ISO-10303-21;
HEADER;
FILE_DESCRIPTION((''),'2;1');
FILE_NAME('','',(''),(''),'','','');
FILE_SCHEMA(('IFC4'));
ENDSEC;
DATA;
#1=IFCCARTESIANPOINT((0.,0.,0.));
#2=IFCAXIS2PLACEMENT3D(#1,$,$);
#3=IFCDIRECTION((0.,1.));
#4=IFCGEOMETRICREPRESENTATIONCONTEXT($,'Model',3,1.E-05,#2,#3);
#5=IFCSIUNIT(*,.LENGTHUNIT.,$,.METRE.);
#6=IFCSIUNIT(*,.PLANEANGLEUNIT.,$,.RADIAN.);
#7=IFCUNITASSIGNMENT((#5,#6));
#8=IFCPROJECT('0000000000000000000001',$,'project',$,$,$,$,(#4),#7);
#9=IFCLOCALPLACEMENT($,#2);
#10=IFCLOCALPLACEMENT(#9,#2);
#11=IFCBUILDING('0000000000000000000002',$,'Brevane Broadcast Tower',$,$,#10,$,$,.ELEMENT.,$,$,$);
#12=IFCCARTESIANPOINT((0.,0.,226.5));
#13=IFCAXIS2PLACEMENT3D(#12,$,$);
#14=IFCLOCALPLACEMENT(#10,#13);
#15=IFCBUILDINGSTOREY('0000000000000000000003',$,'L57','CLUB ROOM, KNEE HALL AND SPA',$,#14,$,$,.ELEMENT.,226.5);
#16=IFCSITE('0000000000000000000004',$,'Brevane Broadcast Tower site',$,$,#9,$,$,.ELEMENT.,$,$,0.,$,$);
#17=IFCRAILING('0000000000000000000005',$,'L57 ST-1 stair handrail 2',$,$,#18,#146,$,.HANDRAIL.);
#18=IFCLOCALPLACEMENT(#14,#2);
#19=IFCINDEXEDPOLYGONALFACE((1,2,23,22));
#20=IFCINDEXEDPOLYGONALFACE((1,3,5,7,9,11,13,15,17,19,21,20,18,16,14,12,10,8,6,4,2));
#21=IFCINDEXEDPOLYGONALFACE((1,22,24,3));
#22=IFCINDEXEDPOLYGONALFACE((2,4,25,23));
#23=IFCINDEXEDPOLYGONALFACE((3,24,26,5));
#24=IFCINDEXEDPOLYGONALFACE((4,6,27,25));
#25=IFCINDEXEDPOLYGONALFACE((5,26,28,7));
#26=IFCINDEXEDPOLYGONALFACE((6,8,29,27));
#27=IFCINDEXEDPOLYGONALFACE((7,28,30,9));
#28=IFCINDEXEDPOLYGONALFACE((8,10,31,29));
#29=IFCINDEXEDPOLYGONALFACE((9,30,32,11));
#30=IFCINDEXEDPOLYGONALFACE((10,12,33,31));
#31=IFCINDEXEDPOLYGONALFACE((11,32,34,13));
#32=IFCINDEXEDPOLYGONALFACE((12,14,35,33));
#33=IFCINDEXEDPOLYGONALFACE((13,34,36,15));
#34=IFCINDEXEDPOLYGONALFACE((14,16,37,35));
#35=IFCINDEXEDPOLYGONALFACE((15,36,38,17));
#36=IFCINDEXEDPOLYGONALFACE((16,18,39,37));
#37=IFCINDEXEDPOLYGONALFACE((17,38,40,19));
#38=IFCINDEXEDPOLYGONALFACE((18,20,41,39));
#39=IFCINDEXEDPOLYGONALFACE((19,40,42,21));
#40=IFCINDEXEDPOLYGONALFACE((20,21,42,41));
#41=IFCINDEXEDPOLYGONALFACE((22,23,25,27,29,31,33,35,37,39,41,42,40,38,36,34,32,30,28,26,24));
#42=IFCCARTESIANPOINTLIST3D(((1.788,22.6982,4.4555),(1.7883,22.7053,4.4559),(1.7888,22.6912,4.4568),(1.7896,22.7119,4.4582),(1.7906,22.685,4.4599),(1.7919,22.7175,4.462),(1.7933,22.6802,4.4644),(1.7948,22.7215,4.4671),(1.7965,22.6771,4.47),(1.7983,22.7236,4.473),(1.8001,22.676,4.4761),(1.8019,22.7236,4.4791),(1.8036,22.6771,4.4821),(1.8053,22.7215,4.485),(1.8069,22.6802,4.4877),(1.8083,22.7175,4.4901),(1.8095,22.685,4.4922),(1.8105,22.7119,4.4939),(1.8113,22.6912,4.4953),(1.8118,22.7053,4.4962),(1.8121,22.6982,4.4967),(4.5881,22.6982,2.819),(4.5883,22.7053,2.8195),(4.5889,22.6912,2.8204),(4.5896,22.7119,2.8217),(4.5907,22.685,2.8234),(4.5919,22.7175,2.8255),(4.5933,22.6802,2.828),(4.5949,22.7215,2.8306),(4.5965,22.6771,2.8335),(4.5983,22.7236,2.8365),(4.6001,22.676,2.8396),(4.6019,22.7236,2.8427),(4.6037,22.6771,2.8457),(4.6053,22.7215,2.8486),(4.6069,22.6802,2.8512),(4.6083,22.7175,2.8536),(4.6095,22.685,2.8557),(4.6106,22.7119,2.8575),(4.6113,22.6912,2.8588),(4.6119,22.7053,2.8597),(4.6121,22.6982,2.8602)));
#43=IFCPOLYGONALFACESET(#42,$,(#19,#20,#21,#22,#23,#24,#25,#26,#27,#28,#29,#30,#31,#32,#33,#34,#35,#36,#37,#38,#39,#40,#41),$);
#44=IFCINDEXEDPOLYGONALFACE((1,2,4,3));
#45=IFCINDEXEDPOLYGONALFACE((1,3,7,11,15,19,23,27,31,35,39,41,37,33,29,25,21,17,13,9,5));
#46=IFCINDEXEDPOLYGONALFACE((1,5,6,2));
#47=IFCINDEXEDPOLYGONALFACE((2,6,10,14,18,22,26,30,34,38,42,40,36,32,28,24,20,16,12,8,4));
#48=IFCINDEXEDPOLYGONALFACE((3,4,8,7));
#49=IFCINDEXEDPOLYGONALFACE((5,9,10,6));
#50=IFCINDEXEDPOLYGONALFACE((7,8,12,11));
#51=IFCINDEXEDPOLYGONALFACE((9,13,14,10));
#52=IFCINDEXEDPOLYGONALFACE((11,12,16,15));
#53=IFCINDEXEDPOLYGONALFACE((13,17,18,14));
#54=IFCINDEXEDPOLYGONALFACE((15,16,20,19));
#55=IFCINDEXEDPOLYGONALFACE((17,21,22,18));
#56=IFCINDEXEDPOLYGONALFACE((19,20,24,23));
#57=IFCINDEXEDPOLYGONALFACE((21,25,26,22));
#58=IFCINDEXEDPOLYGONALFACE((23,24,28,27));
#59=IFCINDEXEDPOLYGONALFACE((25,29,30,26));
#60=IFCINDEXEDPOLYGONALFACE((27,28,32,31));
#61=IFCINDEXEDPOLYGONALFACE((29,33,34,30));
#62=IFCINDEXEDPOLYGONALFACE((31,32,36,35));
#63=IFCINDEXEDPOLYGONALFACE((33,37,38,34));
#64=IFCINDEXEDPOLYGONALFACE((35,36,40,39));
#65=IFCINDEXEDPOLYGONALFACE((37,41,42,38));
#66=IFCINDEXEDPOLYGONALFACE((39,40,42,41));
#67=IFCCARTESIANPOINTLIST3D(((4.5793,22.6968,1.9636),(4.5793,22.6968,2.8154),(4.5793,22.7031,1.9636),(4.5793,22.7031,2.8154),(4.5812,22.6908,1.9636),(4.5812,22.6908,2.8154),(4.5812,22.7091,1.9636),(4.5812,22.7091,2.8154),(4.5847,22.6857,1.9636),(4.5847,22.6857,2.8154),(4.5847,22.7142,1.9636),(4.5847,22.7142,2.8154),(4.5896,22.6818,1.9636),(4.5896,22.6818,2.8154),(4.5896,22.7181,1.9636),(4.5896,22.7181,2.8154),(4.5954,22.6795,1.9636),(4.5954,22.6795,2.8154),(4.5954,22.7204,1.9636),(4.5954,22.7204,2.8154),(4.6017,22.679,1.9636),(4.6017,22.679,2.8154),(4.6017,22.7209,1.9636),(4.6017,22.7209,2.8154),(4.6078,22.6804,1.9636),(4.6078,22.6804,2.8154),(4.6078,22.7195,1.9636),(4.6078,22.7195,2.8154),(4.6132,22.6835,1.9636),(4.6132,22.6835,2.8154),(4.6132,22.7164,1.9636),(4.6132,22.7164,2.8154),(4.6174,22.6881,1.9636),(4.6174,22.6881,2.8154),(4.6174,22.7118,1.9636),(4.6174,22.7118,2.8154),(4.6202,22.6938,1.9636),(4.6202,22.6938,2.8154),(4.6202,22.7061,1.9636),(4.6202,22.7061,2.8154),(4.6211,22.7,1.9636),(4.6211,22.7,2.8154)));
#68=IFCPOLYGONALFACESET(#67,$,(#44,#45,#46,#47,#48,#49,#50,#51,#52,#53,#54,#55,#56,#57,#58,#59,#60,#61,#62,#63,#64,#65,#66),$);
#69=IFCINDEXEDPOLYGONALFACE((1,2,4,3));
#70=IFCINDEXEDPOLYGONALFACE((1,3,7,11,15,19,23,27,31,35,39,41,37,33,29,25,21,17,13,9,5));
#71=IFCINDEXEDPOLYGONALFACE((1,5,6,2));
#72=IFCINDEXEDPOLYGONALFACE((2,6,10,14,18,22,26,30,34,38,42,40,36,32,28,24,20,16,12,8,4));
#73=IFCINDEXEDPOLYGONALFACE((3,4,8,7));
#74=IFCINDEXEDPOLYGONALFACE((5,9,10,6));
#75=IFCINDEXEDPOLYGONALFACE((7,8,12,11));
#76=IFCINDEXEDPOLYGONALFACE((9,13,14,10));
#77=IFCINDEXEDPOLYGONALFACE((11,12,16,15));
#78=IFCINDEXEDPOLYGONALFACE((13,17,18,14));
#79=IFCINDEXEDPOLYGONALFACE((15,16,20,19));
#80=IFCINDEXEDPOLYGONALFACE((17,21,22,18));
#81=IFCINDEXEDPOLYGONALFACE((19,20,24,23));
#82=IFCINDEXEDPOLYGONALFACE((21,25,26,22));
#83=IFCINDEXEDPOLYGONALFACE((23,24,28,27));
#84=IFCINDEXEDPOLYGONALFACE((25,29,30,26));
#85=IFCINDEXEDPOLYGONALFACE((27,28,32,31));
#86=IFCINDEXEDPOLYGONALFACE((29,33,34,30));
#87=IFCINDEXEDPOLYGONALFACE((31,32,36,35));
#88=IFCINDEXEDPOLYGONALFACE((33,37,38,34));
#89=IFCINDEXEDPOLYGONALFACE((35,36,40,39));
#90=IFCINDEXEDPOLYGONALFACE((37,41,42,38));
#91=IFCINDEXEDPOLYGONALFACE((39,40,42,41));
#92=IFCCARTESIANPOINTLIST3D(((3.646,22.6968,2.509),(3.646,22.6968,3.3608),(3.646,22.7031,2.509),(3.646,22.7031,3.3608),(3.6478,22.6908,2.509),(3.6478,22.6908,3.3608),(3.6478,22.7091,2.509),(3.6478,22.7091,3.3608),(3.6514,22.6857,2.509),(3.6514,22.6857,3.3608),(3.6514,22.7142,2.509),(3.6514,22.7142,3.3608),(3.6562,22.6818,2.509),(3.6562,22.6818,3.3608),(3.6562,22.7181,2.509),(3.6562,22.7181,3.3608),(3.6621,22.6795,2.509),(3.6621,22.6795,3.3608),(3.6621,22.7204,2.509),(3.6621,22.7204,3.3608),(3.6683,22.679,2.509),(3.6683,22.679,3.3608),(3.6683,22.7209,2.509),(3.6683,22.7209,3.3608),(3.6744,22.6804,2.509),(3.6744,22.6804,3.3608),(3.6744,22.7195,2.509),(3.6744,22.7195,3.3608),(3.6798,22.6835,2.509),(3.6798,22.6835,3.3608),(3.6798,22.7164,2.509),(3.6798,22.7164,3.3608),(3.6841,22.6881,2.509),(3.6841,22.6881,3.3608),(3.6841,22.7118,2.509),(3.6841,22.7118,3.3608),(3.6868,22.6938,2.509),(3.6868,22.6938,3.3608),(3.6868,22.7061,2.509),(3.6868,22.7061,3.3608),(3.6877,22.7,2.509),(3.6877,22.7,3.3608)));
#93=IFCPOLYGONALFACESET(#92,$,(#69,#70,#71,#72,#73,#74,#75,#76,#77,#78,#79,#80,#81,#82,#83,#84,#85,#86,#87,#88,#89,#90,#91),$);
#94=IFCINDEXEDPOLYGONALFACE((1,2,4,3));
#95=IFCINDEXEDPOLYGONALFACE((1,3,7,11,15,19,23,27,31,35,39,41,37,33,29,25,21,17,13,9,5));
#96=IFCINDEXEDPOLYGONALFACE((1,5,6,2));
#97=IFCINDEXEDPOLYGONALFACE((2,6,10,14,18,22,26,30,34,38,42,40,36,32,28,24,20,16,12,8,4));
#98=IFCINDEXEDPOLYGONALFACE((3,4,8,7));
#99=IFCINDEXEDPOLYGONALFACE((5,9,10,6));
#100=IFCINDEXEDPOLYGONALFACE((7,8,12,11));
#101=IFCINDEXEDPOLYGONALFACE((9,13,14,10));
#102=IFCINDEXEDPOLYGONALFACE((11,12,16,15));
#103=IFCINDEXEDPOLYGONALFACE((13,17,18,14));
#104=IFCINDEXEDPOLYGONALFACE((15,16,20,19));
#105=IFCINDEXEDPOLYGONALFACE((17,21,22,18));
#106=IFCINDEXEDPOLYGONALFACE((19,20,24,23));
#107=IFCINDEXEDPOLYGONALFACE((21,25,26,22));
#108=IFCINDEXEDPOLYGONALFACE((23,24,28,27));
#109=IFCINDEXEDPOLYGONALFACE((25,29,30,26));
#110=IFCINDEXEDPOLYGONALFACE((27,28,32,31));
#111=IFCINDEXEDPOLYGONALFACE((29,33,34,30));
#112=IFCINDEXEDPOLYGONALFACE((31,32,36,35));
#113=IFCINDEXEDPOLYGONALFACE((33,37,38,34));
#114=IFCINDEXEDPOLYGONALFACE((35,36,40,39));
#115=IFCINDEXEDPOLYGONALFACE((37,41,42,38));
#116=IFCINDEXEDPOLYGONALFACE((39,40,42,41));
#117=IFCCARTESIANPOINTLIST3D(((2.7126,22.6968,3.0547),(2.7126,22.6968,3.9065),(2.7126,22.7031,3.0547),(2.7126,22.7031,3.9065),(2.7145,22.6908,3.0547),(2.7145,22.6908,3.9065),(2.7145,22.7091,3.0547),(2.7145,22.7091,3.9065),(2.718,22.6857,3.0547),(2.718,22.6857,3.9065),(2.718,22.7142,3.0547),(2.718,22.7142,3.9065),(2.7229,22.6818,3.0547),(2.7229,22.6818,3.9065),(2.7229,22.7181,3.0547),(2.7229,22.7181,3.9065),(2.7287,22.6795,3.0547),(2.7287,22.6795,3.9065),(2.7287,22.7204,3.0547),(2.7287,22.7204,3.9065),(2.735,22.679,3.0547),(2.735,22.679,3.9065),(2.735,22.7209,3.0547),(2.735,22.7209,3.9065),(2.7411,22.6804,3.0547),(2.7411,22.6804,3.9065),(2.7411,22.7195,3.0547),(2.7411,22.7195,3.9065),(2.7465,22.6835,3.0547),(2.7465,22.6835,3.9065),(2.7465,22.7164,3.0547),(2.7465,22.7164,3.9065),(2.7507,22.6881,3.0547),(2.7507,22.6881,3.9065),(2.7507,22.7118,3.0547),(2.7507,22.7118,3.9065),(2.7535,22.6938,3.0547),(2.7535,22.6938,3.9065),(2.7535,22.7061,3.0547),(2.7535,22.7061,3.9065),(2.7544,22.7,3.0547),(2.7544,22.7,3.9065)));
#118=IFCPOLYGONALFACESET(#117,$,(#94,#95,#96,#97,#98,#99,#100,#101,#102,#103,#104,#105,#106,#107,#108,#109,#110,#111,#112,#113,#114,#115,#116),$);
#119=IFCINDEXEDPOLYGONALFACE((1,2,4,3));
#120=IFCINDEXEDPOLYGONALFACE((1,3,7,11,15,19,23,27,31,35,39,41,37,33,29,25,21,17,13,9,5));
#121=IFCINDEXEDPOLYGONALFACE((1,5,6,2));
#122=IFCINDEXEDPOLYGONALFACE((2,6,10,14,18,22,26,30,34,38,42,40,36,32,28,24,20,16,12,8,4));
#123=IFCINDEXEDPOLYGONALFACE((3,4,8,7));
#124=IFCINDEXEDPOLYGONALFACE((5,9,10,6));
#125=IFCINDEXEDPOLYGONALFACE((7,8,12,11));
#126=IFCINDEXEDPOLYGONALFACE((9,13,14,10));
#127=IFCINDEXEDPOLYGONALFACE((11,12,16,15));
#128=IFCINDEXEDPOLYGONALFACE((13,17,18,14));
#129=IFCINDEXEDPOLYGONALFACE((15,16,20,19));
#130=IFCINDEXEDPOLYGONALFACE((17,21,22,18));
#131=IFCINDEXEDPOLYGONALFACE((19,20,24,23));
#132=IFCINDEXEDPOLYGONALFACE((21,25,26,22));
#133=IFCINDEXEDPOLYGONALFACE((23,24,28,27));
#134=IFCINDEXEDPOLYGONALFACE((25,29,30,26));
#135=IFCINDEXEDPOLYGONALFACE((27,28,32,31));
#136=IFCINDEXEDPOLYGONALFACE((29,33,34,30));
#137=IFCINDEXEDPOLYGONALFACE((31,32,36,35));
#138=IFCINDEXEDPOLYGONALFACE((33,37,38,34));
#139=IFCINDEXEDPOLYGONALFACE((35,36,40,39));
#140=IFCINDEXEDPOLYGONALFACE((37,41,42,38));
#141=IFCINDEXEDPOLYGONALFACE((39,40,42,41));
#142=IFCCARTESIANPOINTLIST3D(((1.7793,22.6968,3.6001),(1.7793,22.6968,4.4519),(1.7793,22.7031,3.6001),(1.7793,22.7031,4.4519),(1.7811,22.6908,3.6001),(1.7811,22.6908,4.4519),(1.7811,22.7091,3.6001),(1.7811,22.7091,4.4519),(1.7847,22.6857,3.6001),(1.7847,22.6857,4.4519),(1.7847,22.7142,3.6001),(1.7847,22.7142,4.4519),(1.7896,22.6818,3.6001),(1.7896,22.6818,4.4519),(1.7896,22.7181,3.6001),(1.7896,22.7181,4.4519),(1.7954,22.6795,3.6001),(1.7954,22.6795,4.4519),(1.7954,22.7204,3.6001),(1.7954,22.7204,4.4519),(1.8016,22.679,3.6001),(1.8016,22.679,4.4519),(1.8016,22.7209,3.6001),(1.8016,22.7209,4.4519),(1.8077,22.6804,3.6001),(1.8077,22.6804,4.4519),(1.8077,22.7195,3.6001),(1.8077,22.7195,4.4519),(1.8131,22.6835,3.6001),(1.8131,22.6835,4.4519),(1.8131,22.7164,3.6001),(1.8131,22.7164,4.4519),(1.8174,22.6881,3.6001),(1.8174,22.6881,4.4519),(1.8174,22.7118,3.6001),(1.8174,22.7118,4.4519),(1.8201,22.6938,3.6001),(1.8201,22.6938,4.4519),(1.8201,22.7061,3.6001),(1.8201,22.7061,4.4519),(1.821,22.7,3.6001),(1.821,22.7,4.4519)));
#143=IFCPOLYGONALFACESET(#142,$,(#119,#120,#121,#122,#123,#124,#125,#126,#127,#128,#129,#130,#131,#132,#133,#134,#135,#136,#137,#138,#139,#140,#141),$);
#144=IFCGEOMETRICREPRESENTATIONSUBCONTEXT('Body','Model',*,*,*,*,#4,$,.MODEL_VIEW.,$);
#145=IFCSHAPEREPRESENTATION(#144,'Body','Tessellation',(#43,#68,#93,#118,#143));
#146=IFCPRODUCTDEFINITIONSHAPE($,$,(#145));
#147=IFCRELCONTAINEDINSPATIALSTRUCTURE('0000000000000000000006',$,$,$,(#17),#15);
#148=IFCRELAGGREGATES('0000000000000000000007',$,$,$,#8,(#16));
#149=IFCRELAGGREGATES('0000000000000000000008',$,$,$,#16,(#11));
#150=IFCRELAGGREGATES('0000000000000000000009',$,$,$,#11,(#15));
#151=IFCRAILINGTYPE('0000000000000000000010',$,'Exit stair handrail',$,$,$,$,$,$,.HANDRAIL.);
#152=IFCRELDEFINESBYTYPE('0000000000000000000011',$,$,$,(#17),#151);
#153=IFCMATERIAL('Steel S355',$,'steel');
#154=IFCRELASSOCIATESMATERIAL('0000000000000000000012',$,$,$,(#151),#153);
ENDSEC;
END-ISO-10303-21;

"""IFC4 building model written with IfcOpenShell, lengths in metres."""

from ifc_helpers import new_model, si_unit, direction, frame, origin, origin_2d, place, context, subcontext, project, spatial, circle, extrude, material, type_object, element, save


model = new_model("IFC4")

# Units and contexts
model_context = context("Model", 3, precision=1e-05, world=origin(), true_north=direction((0.0, 1.0)))
body_context = subcontext(model_context, "Body", "Model", "MODEL_VIEW")
ifc_project = project(units=[si_unit("LENGTHUNIT", "METRE"), si_unit("PLANEANGLEUNIT", "RADIAN")], contexts=[model_context])

# Site, building, storey
site_placement = place(None, origin())
site = spatial("IfcSite", under=ifc_project, at=site_placement, Name="Brevane Broadcast Tower site", CompositionType="ELEMENT", RefElevation=0.0)
building_placement = place(site_placement, origin())
building = spatial("IfcBuilding", under=site, at=building_placement, Name="Brevane Broadcast Tower", CompositionType="ELEMENT")
storey_placement = place(building_placement, frame((0.0, 0.0, 226.5)))
storey = spatial("IfcBuildingStorey", under=building, at=storey_placement, Name="L57", Description="CLUB ROOM, KNEE HALL AND SPA", CompositionType="ELEMENT", Elevation=226.5)

# Railing
ifc_material_1 = material(Name="Steel S355", Category="steel")
railing_type_1 = type_object("IfcRailingType", Name="Exit stair handrail", PredefinedType="HANDRAIL", material=ifc_material_1)
railing_1_placement = place(storey_placement, frame((4.6001, 22.7, 1.9636)))
element("IfcRailing", 1, at=railing_1_placement, inside=storey, type_object=railing_type_1, Name="L57 ST-1 stair handrail 2", PredefinedType="HANDRAIL", context=body_context, shape_type="SweptSolid", body=[
    extrude(circle(Radius=0.0239, at=origin_2d()), frame((0.0, 0.0, 0.876), z_axis=(-0.863361, 0.0, 0.504587), x_axis=(0.0, -1.0, 0.0)), (0.0, 0.0, 1.0), 3.2432),
    extrude(circle(Radius=0.021, at=origin_2d()), origin(), (0.0, 0.0, 1.0), 0.8518),
    extrude(circle(Radius=0.021, at=origin_2d()), frame((-0.9333, 0.0, 0.5454)), (0.0, 0.0, 1.0), 0.8518),
    extrude(circle(Radius=0.021, at=origin_2d()), frame((-1.8667, 0.0, 1.0911)), (0.0, 0.0, 1.0), 0.8518),
    extrude(circle(Radius=0.021, at=origin_2d()), frame((-2.8, 0.0, 1.6365)), (0.0, 0.0, 1.0), 0.8518),
])

save(model, "model.ifc")
